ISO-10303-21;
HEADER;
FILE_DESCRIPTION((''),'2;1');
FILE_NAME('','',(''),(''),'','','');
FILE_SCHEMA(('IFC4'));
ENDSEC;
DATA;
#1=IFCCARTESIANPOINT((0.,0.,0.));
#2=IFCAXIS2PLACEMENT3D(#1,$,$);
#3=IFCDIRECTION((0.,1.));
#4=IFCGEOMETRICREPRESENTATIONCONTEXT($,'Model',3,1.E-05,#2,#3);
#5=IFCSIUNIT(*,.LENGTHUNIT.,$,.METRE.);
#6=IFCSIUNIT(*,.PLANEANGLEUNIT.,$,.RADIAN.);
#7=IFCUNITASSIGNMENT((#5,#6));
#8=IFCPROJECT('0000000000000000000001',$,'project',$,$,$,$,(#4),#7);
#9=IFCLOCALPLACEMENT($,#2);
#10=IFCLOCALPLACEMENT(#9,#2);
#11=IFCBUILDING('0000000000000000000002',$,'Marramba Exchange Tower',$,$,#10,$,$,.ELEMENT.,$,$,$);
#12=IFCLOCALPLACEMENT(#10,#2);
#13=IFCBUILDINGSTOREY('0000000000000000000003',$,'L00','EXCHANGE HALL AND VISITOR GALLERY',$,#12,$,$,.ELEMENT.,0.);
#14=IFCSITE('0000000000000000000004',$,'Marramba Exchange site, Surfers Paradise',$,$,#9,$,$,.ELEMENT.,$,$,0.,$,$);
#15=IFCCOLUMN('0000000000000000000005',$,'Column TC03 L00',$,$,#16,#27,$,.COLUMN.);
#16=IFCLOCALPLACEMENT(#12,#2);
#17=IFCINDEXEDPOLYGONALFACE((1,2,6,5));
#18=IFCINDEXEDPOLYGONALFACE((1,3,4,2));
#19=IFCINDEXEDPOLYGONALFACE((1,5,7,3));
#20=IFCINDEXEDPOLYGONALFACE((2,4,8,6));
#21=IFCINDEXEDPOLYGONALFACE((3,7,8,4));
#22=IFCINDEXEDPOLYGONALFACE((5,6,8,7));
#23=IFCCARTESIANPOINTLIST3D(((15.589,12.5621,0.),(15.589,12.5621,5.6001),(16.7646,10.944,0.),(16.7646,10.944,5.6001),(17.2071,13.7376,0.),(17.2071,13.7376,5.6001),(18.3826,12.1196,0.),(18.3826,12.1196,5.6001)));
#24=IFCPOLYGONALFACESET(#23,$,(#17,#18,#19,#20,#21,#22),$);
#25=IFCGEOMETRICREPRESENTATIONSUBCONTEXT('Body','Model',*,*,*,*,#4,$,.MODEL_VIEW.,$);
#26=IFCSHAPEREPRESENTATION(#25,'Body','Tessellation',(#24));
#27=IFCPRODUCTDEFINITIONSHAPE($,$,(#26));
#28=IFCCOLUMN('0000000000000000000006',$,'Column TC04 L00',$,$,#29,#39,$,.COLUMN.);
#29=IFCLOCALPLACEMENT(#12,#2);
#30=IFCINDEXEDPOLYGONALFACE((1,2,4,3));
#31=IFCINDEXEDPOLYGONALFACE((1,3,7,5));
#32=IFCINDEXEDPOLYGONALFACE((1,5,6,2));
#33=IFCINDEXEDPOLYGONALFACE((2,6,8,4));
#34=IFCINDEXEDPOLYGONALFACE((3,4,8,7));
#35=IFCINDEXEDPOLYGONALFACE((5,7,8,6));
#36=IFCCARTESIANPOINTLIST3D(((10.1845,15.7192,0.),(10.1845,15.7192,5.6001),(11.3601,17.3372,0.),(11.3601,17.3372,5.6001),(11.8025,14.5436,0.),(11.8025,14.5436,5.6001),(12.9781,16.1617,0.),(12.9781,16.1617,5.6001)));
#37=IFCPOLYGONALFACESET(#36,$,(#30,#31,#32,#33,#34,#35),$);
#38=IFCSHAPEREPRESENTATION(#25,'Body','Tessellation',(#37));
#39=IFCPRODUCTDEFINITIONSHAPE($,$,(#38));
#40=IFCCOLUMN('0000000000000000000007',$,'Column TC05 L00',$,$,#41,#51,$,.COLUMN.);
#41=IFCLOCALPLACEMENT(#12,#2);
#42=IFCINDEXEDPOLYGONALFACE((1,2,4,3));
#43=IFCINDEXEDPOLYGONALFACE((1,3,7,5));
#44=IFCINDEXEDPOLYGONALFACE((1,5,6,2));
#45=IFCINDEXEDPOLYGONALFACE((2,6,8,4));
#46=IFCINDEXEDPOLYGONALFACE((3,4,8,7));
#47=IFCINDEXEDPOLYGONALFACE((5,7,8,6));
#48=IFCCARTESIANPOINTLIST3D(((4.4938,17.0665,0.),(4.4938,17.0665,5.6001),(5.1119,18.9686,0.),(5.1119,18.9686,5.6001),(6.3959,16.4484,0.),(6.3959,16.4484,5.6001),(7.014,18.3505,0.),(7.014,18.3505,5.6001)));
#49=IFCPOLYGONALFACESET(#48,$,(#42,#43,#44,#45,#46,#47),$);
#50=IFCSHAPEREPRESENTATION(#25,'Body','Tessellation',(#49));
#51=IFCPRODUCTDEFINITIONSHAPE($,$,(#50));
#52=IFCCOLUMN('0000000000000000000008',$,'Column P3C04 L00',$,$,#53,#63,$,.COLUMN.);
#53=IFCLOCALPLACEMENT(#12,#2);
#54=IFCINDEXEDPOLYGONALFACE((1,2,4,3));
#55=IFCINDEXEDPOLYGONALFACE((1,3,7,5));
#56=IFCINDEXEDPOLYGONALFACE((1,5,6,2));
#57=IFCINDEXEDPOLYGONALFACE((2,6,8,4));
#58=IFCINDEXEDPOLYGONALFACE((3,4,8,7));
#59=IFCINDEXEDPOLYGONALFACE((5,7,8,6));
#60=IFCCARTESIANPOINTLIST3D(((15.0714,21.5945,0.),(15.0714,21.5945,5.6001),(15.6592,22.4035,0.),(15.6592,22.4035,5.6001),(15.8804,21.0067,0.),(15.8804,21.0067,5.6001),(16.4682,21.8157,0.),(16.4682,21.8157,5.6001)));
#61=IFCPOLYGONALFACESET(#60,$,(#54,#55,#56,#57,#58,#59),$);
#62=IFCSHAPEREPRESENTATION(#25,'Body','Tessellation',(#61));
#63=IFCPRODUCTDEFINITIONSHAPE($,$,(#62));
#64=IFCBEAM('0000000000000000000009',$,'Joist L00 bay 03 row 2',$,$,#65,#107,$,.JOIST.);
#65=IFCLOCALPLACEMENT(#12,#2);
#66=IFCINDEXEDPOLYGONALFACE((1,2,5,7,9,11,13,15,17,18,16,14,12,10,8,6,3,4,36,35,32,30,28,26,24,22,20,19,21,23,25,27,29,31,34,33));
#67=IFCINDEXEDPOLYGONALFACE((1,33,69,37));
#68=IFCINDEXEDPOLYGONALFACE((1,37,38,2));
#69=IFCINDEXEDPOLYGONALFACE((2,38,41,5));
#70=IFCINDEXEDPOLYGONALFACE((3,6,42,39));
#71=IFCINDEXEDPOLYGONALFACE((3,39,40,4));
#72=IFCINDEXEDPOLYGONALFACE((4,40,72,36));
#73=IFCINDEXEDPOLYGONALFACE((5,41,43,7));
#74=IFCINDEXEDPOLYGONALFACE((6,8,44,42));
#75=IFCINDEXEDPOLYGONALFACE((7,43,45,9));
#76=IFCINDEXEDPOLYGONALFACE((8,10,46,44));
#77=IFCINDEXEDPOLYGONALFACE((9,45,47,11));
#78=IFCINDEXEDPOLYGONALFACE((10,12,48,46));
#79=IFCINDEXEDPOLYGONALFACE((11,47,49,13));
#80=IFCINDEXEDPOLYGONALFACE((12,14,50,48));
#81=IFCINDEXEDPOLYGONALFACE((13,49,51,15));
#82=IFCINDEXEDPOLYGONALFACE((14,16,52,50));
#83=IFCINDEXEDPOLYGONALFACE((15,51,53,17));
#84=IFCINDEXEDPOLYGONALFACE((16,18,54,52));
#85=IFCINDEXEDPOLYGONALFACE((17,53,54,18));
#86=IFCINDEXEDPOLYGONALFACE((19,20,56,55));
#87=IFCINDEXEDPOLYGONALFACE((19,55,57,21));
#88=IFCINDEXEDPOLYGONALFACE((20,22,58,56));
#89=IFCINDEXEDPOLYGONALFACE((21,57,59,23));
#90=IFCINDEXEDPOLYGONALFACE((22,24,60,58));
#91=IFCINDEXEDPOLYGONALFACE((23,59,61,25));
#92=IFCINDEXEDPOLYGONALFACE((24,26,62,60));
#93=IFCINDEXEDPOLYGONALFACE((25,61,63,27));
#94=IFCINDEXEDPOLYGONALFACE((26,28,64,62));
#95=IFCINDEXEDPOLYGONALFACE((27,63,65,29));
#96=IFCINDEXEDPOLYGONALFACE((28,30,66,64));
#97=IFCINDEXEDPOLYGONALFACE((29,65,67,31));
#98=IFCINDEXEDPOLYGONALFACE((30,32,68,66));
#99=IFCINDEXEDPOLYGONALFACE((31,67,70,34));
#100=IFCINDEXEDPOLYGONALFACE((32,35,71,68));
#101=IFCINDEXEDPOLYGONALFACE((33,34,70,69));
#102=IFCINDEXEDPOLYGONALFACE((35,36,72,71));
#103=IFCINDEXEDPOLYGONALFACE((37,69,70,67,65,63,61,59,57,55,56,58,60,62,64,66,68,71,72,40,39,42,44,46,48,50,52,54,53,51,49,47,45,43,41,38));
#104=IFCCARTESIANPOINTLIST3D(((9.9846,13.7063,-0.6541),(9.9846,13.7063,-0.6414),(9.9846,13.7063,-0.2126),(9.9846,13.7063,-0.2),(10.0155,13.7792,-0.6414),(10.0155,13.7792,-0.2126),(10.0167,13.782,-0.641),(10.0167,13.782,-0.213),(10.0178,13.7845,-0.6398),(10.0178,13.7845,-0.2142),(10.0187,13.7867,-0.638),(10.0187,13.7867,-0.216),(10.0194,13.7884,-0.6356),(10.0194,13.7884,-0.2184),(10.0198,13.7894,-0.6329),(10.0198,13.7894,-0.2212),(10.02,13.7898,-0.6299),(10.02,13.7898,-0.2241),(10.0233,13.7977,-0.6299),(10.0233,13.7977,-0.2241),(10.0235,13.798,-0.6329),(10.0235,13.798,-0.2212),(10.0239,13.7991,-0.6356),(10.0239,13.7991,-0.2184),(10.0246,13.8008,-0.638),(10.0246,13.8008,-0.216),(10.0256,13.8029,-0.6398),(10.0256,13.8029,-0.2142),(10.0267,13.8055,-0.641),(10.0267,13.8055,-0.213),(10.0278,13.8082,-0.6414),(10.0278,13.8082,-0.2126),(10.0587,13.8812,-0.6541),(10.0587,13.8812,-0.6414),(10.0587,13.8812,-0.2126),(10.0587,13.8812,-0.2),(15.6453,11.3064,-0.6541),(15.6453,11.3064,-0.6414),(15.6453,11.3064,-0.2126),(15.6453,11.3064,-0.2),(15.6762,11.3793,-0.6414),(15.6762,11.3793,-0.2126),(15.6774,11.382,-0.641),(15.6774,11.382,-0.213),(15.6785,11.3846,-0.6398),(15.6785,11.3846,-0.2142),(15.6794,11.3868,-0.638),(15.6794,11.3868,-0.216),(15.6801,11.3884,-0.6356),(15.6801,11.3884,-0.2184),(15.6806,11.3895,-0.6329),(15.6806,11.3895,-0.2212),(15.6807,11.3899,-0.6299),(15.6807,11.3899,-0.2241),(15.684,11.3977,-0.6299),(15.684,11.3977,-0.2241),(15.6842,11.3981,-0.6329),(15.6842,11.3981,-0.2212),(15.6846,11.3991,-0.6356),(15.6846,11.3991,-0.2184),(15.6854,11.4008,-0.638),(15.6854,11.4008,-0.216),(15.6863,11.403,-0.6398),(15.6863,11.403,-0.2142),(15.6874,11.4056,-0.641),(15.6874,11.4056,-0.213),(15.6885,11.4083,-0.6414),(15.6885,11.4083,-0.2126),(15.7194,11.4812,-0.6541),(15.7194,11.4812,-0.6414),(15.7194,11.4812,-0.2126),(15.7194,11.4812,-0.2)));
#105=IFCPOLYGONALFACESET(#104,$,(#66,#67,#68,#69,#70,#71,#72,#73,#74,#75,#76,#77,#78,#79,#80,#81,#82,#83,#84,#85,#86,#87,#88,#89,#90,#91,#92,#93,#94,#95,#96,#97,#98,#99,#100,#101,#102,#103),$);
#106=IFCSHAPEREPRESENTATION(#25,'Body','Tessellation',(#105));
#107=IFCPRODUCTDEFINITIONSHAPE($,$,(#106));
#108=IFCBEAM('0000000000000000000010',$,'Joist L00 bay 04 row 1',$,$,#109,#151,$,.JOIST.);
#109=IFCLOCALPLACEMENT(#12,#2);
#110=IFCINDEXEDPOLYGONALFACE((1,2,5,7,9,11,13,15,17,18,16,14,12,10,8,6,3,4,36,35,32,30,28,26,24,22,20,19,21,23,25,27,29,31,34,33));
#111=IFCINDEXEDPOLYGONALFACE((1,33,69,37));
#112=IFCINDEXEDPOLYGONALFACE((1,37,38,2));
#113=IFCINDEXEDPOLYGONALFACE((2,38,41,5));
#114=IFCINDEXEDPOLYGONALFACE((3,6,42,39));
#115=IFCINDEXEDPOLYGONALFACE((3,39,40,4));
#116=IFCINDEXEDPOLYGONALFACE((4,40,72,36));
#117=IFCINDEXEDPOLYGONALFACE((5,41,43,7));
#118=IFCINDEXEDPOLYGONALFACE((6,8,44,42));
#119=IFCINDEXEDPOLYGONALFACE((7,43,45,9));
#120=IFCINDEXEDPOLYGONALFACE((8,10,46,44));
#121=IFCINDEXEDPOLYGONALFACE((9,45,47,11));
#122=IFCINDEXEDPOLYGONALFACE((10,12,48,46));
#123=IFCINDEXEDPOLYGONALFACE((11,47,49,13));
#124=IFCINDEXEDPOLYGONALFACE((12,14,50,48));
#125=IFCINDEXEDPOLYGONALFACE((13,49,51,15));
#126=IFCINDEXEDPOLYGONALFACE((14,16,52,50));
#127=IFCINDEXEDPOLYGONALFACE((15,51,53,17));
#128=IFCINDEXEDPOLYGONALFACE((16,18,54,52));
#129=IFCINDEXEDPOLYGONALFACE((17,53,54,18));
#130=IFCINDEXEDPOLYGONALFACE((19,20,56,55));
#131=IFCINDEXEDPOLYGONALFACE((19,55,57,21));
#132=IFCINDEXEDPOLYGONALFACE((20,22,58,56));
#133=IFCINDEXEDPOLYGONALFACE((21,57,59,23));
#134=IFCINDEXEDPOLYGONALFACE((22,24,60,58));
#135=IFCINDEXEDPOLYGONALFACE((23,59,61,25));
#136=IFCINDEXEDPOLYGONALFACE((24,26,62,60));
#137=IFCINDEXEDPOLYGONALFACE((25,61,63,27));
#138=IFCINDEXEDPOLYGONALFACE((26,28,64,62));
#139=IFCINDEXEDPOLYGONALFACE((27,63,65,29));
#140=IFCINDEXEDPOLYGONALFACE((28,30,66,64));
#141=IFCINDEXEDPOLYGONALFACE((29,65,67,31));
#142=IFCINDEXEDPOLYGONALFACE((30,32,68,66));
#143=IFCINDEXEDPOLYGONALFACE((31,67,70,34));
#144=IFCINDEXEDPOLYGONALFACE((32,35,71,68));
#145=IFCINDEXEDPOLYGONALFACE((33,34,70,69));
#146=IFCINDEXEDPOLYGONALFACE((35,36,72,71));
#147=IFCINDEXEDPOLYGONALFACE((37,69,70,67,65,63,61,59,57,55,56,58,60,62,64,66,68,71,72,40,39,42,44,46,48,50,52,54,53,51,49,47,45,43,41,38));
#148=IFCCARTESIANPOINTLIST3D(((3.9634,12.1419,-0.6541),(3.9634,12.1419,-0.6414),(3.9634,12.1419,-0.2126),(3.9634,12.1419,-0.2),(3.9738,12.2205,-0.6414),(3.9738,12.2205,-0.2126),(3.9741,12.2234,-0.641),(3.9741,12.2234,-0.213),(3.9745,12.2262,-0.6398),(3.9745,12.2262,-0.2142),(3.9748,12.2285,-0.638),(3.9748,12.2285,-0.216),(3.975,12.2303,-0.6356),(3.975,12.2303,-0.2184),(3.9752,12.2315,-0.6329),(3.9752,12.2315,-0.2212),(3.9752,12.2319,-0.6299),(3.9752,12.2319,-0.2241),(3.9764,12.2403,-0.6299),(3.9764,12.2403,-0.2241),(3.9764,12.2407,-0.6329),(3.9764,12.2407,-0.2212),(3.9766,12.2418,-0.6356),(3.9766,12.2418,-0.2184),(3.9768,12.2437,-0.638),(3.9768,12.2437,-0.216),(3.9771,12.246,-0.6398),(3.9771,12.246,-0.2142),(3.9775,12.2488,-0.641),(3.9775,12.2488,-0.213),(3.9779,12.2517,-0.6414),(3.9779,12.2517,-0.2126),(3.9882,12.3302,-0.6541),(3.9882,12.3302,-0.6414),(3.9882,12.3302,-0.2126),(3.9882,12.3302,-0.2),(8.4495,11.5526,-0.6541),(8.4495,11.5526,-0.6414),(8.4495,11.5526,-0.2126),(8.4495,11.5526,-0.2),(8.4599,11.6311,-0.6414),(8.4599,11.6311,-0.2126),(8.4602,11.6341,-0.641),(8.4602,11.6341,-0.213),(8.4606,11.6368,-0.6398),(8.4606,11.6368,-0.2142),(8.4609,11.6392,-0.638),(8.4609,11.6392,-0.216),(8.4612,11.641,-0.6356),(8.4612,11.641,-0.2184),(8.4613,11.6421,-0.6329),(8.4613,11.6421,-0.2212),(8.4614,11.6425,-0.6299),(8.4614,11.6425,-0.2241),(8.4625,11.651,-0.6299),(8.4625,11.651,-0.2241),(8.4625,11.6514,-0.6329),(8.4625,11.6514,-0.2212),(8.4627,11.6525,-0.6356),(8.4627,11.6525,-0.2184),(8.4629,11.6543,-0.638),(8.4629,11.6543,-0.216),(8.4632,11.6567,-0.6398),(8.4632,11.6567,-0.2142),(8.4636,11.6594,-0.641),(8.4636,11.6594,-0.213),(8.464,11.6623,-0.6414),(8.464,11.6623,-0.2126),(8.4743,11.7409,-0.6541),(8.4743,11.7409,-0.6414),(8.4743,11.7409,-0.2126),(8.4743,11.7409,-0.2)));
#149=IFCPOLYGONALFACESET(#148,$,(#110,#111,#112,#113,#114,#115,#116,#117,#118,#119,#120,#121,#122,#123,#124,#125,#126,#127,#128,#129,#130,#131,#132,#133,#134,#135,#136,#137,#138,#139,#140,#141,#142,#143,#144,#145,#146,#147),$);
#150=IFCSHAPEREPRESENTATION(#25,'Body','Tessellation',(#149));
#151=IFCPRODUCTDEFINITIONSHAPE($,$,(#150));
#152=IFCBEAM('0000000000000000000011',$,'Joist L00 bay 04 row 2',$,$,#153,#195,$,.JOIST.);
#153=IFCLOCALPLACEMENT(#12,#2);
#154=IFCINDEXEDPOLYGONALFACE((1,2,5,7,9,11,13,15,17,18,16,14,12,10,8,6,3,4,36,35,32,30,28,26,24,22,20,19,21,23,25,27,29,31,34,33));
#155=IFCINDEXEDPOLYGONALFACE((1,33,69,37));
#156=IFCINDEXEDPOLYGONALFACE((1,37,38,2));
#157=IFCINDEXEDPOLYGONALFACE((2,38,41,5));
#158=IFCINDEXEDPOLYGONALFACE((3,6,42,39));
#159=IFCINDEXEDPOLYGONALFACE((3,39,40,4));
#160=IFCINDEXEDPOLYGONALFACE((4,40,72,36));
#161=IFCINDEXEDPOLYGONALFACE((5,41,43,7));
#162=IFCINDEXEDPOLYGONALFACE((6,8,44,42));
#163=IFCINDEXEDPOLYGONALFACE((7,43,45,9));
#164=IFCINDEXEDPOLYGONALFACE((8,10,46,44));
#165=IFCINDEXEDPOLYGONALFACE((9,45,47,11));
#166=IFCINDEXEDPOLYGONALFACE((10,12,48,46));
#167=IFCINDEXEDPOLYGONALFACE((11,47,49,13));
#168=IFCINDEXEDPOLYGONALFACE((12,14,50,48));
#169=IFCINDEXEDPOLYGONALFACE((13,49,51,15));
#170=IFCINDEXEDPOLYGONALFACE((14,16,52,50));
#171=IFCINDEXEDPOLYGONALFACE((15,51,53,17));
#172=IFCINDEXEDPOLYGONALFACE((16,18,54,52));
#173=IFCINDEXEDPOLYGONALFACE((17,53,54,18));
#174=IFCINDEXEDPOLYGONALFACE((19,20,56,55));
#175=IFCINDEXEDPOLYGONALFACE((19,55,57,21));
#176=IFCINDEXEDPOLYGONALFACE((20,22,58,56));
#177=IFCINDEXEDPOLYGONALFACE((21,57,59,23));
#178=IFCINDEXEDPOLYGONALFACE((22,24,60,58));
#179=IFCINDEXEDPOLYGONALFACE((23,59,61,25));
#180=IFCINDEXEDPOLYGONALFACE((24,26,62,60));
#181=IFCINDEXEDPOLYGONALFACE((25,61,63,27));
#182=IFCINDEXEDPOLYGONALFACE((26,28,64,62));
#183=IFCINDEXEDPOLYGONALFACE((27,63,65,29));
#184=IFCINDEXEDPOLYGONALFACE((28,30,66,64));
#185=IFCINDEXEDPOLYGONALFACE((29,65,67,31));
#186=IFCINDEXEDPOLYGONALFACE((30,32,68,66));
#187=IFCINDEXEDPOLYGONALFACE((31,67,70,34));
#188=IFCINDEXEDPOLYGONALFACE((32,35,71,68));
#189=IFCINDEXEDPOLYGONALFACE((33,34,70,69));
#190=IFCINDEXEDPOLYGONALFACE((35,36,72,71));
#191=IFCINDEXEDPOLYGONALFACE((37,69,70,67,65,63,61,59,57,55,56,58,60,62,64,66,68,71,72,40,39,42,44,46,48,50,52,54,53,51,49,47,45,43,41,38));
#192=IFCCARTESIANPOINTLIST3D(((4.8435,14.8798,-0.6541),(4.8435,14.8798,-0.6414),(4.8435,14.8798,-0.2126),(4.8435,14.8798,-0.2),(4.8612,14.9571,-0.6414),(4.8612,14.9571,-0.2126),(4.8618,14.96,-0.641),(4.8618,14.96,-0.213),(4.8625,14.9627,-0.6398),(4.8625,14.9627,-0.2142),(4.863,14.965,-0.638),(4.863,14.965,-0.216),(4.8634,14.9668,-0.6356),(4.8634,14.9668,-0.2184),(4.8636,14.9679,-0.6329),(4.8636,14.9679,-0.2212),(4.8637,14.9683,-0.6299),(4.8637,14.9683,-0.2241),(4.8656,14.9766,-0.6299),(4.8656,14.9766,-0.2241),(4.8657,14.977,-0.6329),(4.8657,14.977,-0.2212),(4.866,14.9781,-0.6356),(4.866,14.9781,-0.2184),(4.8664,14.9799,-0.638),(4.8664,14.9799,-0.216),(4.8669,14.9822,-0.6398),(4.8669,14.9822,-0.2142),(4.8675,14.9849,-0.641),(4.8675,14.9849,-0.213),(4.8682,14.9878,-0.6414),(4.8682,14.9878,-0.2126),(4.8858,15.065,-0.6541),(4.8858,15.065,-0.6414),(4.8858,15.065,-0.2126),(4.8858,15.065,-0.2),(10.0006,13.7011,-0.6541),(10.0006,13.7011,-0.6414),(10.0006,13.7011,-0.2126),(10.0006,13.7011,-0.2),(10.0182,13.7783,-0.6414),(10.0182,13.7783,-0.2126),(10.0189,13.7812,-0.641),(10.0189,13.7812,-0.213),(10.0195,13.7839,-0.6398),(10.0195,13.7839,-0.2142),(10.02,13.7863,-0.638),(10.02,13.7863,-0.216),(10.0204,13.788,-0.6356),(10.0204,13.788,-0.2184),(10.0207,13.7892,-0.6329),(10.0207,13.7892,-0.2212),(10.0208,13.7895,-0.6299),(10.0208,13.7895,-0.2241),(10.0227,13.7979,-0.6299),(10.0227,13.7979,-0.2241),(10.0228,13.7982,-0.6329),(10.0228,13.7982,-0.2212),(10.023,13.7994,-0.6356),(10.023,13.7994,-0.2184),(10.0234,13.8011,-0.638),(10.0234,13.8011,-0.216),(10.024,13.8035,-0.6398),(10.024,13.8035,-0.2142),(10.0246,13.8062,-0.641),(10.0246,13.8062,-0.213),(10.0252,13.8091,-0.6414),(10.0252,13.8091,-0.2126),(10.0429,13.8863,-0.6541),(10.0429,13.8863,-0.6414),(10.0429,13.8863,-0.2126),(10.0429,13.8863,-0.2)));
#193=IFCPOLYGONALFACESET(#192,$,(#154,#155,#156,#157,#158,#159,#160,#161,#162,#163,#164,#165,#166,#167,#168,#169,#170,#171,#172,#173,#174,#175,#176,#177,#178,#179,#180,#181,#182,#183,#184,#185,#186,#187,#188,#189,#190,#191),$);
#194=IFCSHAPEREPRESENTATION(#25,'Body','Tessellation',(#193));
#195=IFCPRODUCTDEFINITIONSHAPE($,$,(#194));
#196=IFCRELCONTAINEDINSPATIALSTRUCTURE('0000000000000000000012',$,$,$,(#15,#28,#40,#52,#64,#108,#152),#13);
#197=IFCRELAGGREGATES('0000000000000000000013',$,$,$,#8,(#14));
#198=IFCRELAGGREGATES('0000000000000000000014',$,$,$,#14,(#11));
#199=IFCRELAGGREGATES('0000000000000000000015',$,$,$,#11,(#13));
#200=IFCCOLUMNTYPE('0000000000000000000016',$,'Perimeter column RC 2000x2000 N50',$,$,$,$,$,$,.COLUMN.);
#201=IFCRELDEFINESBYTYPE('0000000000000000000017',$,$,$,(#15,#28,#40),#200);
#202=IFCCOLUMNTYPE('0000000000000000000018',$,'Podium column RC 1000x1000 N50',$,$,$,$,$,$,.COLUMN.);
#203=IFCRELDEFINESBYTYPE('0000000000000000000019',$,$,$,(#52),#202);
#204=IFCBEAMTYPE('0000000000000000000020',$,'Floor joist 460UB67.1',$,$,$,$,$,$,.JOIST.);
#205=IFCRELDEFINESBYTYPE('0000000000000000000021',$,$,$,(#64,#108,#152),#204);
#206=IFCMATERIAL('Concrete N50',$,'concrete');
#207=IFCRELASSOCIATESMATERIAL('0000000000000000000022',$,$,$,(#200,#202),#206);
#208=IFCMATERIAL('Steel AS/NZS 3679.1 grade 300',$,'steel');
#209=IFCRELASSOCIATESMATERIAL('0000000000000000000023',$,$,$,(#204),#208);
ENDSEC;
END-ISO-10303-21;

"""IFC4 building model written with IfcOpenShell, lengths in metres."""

from ifc_helpers import new_model, si_unit, direction, frame, origin, origin_2d, place, context, subcontext, project, spatial, rectangle, i_section, extrude, material, material_profile, profile_set, type_object, element, save


model = new_model("IFC4")

# Units and contexts
model_context = context("Model", 3, precision=1e-05, world=origin(), true_north=direction((0.0, 1.0)))
body_context = subcontext(model_context, "Body", "Model", "MODEL_VIEW")
ifc_project = project(units=[si_unit("LENGTHUNIT", "METRE"), si_unit("PLANEANGLEUNIT", "RADIAN")], contexts=[model_context])

# Site, building, storey
site_placement = place(None, origin())
site = spatial("IfcSite", under=ifc_project, at=site_placement, Name="Marramba Exchange site, Surfers Paradise", CompositionType="ELEMENT", RefElevation=0.0)
building_placement = place(site_placement, origin())
building = spatial("IfcBuilding", under=site, at=building_placement, Name="Marramba Exchange Tower", CompositionType="ELEMENT")
storey_placement = place(building_placement, origin())
storey = spatial("IfcBuildingStorey", under=building, at=storey_placement, Name="L00", Description="EXCHANGE HALL AND VISITOR GALLERY", CompositionType="ELEMENT", Elevation=0.0)

# Columns
ifc_material_1 = material(Name="Concrete N50", Category="concrete")
ifc_material_profile_1 = material_profile(ifc_material_1, rectangle(XDim=2.0, YDim=2.0, at=origin_2d()), Name="RC 2000x2000")
ifc_profile_set_1 = profile_set([ifc_material_profile_1], Name="Concrete N50")
column_type_1 = type_object("IfcColumnType", Name="Perimeter column RC 2000x2000 N50", PredefinedType="COLUMN", material=ifc_profile_set_1)
for number, where, z_axis, x_axis, name in (
    (1, (16.9858, 12.3408, 0.0), (0.0, 0.0, 1.0), (0.809017, 0.587785, 0.0), "Column TC03 L00"),
    (2, (11.5813, 15.9404, 0.0), (0.0, 0.0, 1.0), (0.587785, 0.809017, 0.0), "Column TC04 L00"),
    (3, (5.7539, 17.7085, 0.0), (0.0, 0.0, 1.0), (0.309017, 0.951057, 0.0), "Column TC05 L00"),
):
    element("IfcColumn", number, at=place(storey_placement, frame(where, z_axis=z_axis, x_axis=x_axis)), inside=storey, type_object=column_type_1, Name=name, PredefinedType="COLUMN", context=body_context, shape_type="SweptSolid", body=[
        extrude(rectangle(XDim=2.0, YDim=2.0, at=origin_2d()), origin(), (0.0, 0.0, 1.0), 5.6001),
    ])
ifc_material_profile_2 = material_profile(ifc_material_1, rectangle(XDim=1.0, YDim=1.0, at=origin_2d()), Name="RC 1000x1000")
ifc_profile_set_2 = profile_set([ifc_material_profile_2], Name="Concrete N50")
column_type_2 = type_object("IfcColumnType", Name="Podium column RC 1000x1000 N50", PredefinedType="COLUMN", material=ifc_profile_set_2)
column_placement = place(storey_placement, frame((15.7698, 21.7051, 0.0), z_axis=(0.0, 0.0, 1.0), x_axis=(0.587785, 0.809017, 0.0)))
element("IfcColumn", 4, at=column_placement, inside=storey, type_object=column_type_2, Name="Column P3C04 L00", PredefinedType="COLUMN", context=body_context, shape_type="SweptSolid", body=[
    extrude(rectangle(XDim=1.0, YDim=1.0, at=origin_2d()), origin(), (0.0, 0.0, 1.0), 5.6001),
])

# Beams
ifc_material_2 = material(Name="Steel AS/NZS 3679.1 grade 300", Category="steel")
ifc_material_profile_3 = material_profile(ifc_material_2, i_section(OverallWidth=0.1899, OverallDepth=0.4541, WebThickness=0.0085, FlangeThickness=0.0127, FilletRadius=0.0115, at=origin_2d()), Name="460UB67.1")
ifc_profile_set_3 = profile_set([ifc_material_profile_3], Name="Steel AS/NZS 3679.1 grade 300")
beam_type_1 = type_object("IfcBeamType", Name="Floor joist 460UB67.1", PredefinedType="JOIST", material=ifc_profile_set_3)
beam_1_placement = place(storey_placement, frame((15.6824, 11.3938, -0.427), z_axis=(-0.920674, 0.390332, 0.0), x_axis=(-0.390332, -0.920674, 0.0)))
element("IfcBeam", 5, at=beam_1_placement, inside=storey, type_object=beam_type_1, Name="Joist L00 bay 03 row 2", PredefinedType="JOIST", context=body_context, shape_type="SweptSolid", body=[
    extrude(i_section(OverallWidth=0.1899, OverallDepth=0.4541, WebThickness=0.0085, FlangeThickness=0.0127, FilletRadius=0.0115, at=origin_2d()), origin(), (0.0, 0.0, 1.0), 6.1484),
])
beam_2_placement = place(storey_placement, frame((8.4619, 11.6467, -0.427), z_axis=(-0.991481, 0.130255, 0.0), x_axis=(-0.130255, -0.991481, 0.0)))
element("IfcBeam", 6, at=beam_2_placement, inside=storey, type_object=beam_type_1, Name="Joist L00 bay 04 row 1", PredefinedType="JOIST", context=body_context, shape_type="SweptSolid", body=[
    extrude(i_section(OverallWidth=0.1899, OverallDepth=0.4541, WebThickness=0.0085, FlangeThickness=0.0127, FilletRadius=0.0115, at=origin_2d()), origin(), (0.0, 0.0, 1.0), 4.5247),
])
beam_3_placement = place(storey_placement, frame((10.0217, 13.7937, -0.427), z_axis=(-0.97486, 0.22282, 0.0), x_axis=(-0.22282, -0.97486, 0.0)))
element("IfcBeam", 7, at=beam_3_placement, inside=storey, type_object=beam_type_1, Name="Joist L00 bay 04 row 2", PredefinedType="JOIST", context=body_context, shape_type="SweptSolid", body=[
    extrude(i_section(OverallWidth=0.1899, OverallDepth=0.4541, WebThickness=0.0085, FlangeThickness=0.0127, FilletRadius=0.0115, at=origin_2d()), origin(), (0.0, 0.0, 1.0), 5.29),
])

save(model, "model.ifc")
